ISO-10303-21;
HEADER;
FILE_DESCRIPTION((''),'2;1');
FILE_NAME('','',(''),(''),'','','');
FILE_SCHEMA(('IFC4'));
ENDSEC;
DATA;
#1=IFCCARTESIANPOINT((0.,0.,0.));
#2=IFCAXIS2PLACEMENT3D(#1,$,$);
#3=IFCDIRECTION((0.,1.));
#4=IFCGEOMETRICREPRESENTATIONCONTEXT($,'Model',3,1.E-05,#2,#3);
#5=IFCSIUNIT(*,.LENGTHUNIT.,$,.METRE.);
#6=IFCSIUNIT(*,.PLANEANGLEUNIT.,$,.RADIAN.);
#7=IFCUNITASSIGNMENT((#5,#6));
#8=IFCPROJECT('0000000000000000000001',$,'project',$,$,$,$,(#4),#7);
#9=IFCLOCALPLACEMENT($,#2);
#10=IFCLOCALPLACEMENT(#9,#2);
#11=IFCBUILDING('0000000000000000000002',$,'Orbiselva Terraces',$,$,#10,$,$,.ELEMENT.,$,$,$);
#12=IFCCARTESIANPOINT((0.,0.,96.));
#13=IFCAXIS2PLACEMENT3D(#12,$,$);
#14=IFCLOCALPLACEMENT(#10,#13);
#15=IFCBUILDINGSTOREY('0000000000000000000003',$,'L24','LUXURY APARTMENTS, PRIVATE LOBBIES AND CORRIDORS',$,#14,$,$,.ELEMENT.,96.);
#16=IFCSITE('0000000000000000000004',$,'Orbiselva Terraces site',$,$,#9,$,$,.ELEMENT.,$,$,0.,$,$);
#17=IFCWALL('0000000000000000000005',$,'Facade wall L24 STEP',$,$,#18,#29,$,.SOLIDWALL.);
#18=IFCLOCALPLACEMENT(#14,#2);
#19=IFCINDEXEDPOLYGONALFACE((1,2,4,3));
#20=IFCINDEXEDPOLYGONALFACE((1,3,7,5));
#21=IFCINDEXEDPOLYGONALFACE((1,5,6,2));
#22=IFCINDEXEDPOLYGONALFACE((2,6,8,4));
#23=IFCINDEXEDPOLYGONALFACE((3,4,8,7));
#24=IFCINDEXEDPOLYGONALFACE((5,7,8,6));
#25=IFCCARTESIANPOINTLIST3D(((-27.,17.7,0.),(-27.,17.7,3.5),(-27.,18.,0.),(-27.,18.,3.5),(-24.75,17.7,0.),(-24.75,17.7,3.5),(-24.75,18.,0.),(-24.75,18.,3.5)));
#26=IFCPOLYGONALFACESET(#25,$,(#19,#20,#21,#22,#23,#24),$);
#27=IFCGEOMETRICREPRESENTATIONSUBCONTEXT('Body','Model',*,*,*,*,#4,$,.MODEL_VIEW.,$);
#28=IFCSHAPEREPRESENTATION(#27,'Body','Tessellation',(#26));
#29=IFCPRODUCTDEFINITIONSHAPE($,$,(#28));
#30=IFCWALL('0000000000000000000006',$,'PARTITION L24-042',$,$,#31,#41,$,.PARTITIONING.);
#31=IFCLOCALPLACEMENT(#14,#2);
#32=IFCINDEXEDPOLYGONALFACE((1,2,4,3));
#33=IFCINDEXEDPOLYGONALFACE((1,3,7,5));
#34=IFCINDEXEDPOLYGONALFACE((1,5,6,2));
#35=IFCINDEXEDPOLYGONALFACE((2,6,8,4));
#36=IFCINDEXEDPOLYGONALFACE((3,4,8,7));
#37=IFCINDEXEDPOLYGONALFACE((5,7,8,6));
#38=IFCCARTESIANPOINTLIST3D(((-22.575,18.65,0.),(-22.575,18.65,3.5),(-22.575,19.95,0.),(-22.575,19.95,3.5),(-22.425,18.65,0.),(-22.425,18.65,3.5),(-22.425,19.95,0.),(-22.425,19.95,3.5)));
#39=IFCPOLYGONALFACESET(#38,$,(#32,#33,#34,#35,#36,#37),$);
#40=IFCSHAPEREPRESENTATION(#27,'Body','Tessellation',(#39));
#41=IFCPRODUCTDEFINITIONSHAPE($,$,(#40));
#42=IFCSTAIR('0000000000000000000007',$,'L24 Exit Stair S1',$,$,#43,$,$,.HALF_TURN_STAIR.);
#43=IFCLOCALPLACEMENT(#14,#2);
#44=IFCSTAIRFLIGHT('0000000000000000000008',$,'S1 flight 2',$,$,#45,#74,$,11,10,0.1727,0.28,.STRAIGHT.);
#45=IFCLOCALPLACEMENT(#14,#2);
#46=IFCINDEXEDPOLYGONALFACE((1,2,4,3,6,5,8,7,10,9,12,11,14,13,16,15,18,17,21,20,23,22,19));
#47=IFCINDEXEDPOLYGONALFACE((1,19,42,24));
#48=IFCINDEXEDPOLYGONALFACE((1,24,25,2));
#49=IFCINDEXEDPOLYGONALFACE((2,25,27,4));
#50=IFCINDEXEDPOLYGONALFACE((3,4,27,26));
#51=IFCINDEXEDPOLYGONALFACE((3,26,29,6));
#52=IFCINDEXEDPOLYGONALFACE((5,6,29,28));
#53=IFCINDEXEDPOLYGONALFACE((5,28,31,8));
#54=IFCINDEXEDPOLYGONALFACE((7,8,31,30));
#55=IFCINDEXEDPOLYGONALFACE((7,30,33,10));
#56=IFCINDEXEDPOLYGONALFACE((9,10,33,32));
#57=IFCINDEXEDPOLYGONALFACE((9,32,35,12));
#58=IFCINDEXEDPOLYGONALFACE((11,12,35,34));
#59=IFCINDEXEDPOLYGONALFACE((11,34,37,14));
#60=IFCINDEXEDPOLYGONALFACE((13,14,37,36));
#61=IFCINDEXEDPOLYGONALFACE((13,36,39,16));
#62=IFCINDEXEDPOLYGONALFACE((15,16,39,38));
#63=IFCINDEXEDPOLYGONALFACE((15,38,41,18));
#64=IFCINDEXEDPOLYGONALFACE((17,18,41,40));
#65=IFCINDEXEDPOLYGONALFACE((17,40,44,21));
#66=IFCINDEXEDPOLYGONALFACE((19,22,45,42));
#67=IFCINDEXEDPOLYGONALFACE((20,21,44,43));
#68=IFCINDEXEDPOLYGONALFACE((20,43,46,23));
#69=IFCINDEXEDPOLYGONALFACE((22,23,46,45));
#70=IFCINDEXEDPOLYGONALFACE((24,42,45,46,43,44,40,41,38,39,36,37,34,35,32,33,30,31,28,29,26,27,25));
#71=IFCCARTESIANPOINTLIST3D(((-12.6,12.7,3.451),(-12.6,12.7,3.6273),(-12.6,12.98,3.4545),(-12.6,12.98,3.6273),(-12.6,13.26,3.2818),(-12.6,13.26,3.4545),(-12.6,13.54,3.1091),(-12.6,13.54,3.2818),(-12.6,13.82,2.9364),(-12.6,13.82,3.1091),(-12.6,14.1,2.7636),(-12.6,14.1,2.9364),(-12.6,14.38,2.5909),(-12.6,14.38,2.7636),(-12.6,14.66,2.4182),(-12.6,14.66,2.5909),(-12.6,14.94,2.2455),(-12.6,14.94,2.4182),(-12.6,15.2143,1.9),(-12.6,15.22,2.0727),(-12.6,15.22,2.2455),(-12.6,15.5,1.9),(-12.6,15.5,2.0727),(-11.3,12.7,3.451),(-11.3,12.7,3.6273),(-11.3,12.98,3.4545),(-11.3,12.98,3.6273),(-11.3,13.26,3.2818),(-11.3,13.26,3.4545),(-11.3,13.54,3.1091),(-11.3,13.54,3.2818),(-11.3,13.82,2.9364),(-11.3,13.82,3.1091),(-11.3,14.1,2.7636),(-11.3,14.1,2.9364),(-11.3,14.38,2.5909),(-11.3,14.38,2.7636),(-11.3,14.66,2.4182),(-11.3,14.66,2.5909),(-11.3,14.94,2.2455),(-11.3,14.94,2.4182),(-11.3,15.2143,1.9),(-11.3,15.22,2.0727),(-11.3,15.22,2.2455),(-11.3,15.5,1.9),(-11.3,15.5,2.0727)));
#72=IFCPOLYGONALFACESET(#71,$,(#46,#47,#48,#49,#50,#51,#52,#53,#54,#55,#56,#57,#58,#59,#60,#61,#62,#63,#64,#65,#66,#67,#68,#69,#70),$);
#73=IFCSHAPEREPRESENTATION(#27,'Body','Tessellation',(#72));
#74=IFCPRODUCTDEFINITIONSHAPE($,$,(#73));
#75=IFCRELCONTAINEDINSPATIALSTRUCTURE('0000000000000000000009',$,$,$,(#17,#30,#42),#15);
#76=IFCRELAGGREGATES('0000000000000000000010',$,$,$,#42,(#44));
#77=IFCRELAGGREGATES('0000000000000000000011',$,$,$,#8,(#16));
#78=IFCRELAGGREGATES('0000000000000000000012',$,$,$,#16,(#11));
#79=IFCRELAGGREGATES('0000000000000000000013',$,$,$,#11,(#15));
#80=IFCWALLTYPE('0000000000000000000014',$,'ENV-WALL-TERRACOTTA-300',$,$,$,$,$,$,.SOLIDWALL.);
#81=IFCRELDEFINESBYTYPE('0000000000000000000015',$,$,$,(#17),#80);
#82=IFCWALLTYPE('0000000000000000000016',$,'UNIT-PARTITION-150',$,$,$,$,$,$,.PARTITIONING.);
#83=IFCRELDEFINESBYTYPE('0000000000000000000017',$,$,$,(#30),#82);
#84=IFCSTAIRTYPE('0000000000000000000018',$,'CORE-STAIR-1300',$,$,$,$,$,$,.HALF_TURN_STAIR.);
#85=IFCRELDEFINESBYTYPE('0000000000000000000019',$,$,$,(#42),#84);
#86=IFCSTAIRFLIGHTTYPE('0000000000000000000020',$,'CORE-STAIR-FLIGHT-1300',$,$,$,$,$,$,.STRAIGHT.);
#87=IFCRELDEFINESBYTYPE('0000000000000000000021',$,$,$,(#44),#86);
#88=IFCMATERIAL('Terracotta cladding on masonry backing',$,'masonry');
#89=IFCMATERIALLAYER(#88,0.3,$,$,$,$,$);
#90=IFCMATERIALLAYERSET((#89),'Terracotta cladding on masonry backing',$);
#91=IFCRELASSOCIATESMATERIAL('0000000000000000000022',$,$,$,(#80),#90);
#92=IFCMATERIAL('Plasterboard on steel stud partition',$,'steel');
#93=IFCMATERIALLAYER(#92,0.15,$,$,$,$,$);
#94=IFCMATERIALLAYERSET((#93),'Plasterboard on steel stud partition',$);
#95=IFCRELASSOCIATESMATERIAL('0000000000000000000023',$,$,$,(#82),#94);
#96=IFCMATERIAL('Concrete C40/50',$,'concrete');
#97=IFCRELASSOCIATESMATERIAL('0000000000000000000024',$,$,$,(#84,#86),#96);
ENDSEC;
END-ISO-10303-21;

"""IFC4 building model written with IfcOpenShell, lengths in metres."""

from ifc_helpers import new_model, si_unit, direction, frame, frame_2d, origin, place, context, subcontext, project, spatial, polyline, rectangle, outline, extrude, material, layer, layer_set, type_object, element, aggregate, save


model = new_model("IFC4")

# Units and contexts
model_context = context("Model", 3, precision=1e-05, world=origin(), true_north=direction((0.0, 1.0)))
body_context = subcontext(model_context, "Body", "Model", "MODEL_VIEW")
ifc_project = project(units=[si_unit("LENGTHUNIT", "METRE"), si_unit("PLANEANGLEUNIT", "RADIAN")], contexts=[model_context])

# Site, building, storey
site_placement = place(None, origin())
site = spatial("IfcSite", under=ifc_project, at=site_placement, Name="Orbiselva Terraces site", CompositionType="ELEMENT", RefElevation=0.0)
building_placement = place(site_placement, origin())
building = spatial("IfcBuilding", under=site, at=building_placement, Name="Orbiselva Terraces", CompositionType="ELEMENT")
storey_placement = place(building_placement, frame((0.0, 0.0, 96.0)))
storey = spatial("IfcBuildingStorey", under=building, at=storey_placement, Name="L24", Description="LUXURY APARTMENTS, PRIVATE LOBBIES AND CORRIDORS", CompositionType="ELEMENT", Elevation=96.0)

# Shared definitions
ifc_material_1 = material(Name="Terracotta cladding on masonry backing", Category="masonry")
ifc_layer_1 = layer(ifc_material_1, 0.3)
ifc_layer_set_1 = layer_set([ifc_layer_1], Name="Terracotta cladding on masonry backing")
wall_type_1 = type_object("IfcWallType", Name="ENV-WALL-TERRACOTTA-300", PredefinedType="SOLIDWALL", material=ifc_layer_set_1)

# Walls
wall_1_placement = place(storey_placement, frame((-27.0, 17.85, 0.0), z_axis=(0.0, 0.0, 1.0), x_axis=(1.0, 0.0, 0.0)))
element("IfcWall", 1, at=wall_1_placement, inside=storey, type_object=wall_type_1, Name="Facade wall L24 STEP", PredefinedType="SOLIDWALL", context=body_context, shape_type="SweptSolid", body=[
    extrude(rectangle(XDim=2.25, YDim=0.3, at=frame_2d((1.125, 0.0))), origin(), (0.0, 0.0, 1.0), 3.5),
])
ifc_material_2 = material(Name="Plasterboard on steel stud partition", Category="steel")
ifc_layer_2 = layer(ifc_material_2, 0.15)
ifc_layer_set_2 = layer_set([ifc_layer_2], Name="Plasterboard on steel stud partition")
wall_type_2 = type_object("IfcWallType", Name="UNIT-PARTITION-150", PredefinedType="PARTITIONING", material=ifc_layer_set_2)
wall_2_placement = place(storey_placement, frame((-22.5, 18.65, 0.0), z_axis=(0.0, 0.0, 1.0), x_axis=(0.0, 1.0, 0.0)))
element("IfcWall", 2, at=wall_2_placement, inside=storey, type_object=wall_type_2, Name="PARTITION L24-042", PredefinedType="PARTITIONING", context=body_context, shape_type="SweptSolid", body=[
    extrude(rectangle(XDim=1.3, YDim=0.15, at=frame_2d((0.65, 0.0))), origin(), (0.0, 0.0, 1.0), 3.5),
])

# Stair, stair flight
ifc_material_3 = material(Name="Concrete C40/50", Category="concrete")
stair_type = type_object("IfcStairType", Name="CORE-STAIR-1300", PredefinedType="HALF_TURN_STAIR", material=ifc_material_3)
stair_placement = place(storey_placement, origin())
stair = element("IfcStair", 3, at=stair_placement, inside=storey, type_object=stair_type, Name="L24 Exit Stair S1", PredefinedType="HALF_TURN_STAIR")
stair_flight_type = type_object("IfcStairFlightType", Name="CORE-STAIR-FLIGHT-1300", PredefinedType="STRAIGHT", material=ifc_material_3)
stair_flight_placement = place(storey_placement, frame((-11.95, 15.5, 1.9), z_axis=(0.0, 0.0, 1.0), x_axis=(0.0, -1.0, 0.0)))
stair_flight = element("IfcStairFlight", 4, at=stair_flight_placement, type_object=stair_flight_type, Name="S1 flight 2", NumberOfRisers=11, NumberOfTreads=10, PredefinedType="STRAIGHT", RiserHeight=0.1727, TreadLength=0.28, context=body_context, shape_type="SweptSolid", body=[
    extrude(outline(polyline([(0.0, 0.0), (0.0, 0.1727), (0.28, 0.1727), (0.28, 0.3455), (0.56, 0.3455), (0.56, 0.5182), (0.84, 0.5182), (0.84, 0.6909), (1.12, 0.6909), (1.12, 0.8636), (1.4, 0.8636), (1.4, 1.0364), (1.68, 1.0364), (1.68, 1.2091), (1.96, 1.2091), (1.96, 1.3818), (2.24, 1.3818), (2.24, 1.5545), (2.52, 1.5545), (2.52, 1.7273), (2.8, 1.7273), (2.8, 1.9), (2.8, 1.551), (0.2857, 0.0), (0.0, 0.0)])), frame((0.0, 0.65, 0.0), z_axis=(0.0, -1.0, 0.0), x_axis=(1.0, 0.0, 0.0)), (0.0, 0.0, 1.0), 1.3),
])
aggregate(stair, [stair_flight])

save(model, "model.ifc")
